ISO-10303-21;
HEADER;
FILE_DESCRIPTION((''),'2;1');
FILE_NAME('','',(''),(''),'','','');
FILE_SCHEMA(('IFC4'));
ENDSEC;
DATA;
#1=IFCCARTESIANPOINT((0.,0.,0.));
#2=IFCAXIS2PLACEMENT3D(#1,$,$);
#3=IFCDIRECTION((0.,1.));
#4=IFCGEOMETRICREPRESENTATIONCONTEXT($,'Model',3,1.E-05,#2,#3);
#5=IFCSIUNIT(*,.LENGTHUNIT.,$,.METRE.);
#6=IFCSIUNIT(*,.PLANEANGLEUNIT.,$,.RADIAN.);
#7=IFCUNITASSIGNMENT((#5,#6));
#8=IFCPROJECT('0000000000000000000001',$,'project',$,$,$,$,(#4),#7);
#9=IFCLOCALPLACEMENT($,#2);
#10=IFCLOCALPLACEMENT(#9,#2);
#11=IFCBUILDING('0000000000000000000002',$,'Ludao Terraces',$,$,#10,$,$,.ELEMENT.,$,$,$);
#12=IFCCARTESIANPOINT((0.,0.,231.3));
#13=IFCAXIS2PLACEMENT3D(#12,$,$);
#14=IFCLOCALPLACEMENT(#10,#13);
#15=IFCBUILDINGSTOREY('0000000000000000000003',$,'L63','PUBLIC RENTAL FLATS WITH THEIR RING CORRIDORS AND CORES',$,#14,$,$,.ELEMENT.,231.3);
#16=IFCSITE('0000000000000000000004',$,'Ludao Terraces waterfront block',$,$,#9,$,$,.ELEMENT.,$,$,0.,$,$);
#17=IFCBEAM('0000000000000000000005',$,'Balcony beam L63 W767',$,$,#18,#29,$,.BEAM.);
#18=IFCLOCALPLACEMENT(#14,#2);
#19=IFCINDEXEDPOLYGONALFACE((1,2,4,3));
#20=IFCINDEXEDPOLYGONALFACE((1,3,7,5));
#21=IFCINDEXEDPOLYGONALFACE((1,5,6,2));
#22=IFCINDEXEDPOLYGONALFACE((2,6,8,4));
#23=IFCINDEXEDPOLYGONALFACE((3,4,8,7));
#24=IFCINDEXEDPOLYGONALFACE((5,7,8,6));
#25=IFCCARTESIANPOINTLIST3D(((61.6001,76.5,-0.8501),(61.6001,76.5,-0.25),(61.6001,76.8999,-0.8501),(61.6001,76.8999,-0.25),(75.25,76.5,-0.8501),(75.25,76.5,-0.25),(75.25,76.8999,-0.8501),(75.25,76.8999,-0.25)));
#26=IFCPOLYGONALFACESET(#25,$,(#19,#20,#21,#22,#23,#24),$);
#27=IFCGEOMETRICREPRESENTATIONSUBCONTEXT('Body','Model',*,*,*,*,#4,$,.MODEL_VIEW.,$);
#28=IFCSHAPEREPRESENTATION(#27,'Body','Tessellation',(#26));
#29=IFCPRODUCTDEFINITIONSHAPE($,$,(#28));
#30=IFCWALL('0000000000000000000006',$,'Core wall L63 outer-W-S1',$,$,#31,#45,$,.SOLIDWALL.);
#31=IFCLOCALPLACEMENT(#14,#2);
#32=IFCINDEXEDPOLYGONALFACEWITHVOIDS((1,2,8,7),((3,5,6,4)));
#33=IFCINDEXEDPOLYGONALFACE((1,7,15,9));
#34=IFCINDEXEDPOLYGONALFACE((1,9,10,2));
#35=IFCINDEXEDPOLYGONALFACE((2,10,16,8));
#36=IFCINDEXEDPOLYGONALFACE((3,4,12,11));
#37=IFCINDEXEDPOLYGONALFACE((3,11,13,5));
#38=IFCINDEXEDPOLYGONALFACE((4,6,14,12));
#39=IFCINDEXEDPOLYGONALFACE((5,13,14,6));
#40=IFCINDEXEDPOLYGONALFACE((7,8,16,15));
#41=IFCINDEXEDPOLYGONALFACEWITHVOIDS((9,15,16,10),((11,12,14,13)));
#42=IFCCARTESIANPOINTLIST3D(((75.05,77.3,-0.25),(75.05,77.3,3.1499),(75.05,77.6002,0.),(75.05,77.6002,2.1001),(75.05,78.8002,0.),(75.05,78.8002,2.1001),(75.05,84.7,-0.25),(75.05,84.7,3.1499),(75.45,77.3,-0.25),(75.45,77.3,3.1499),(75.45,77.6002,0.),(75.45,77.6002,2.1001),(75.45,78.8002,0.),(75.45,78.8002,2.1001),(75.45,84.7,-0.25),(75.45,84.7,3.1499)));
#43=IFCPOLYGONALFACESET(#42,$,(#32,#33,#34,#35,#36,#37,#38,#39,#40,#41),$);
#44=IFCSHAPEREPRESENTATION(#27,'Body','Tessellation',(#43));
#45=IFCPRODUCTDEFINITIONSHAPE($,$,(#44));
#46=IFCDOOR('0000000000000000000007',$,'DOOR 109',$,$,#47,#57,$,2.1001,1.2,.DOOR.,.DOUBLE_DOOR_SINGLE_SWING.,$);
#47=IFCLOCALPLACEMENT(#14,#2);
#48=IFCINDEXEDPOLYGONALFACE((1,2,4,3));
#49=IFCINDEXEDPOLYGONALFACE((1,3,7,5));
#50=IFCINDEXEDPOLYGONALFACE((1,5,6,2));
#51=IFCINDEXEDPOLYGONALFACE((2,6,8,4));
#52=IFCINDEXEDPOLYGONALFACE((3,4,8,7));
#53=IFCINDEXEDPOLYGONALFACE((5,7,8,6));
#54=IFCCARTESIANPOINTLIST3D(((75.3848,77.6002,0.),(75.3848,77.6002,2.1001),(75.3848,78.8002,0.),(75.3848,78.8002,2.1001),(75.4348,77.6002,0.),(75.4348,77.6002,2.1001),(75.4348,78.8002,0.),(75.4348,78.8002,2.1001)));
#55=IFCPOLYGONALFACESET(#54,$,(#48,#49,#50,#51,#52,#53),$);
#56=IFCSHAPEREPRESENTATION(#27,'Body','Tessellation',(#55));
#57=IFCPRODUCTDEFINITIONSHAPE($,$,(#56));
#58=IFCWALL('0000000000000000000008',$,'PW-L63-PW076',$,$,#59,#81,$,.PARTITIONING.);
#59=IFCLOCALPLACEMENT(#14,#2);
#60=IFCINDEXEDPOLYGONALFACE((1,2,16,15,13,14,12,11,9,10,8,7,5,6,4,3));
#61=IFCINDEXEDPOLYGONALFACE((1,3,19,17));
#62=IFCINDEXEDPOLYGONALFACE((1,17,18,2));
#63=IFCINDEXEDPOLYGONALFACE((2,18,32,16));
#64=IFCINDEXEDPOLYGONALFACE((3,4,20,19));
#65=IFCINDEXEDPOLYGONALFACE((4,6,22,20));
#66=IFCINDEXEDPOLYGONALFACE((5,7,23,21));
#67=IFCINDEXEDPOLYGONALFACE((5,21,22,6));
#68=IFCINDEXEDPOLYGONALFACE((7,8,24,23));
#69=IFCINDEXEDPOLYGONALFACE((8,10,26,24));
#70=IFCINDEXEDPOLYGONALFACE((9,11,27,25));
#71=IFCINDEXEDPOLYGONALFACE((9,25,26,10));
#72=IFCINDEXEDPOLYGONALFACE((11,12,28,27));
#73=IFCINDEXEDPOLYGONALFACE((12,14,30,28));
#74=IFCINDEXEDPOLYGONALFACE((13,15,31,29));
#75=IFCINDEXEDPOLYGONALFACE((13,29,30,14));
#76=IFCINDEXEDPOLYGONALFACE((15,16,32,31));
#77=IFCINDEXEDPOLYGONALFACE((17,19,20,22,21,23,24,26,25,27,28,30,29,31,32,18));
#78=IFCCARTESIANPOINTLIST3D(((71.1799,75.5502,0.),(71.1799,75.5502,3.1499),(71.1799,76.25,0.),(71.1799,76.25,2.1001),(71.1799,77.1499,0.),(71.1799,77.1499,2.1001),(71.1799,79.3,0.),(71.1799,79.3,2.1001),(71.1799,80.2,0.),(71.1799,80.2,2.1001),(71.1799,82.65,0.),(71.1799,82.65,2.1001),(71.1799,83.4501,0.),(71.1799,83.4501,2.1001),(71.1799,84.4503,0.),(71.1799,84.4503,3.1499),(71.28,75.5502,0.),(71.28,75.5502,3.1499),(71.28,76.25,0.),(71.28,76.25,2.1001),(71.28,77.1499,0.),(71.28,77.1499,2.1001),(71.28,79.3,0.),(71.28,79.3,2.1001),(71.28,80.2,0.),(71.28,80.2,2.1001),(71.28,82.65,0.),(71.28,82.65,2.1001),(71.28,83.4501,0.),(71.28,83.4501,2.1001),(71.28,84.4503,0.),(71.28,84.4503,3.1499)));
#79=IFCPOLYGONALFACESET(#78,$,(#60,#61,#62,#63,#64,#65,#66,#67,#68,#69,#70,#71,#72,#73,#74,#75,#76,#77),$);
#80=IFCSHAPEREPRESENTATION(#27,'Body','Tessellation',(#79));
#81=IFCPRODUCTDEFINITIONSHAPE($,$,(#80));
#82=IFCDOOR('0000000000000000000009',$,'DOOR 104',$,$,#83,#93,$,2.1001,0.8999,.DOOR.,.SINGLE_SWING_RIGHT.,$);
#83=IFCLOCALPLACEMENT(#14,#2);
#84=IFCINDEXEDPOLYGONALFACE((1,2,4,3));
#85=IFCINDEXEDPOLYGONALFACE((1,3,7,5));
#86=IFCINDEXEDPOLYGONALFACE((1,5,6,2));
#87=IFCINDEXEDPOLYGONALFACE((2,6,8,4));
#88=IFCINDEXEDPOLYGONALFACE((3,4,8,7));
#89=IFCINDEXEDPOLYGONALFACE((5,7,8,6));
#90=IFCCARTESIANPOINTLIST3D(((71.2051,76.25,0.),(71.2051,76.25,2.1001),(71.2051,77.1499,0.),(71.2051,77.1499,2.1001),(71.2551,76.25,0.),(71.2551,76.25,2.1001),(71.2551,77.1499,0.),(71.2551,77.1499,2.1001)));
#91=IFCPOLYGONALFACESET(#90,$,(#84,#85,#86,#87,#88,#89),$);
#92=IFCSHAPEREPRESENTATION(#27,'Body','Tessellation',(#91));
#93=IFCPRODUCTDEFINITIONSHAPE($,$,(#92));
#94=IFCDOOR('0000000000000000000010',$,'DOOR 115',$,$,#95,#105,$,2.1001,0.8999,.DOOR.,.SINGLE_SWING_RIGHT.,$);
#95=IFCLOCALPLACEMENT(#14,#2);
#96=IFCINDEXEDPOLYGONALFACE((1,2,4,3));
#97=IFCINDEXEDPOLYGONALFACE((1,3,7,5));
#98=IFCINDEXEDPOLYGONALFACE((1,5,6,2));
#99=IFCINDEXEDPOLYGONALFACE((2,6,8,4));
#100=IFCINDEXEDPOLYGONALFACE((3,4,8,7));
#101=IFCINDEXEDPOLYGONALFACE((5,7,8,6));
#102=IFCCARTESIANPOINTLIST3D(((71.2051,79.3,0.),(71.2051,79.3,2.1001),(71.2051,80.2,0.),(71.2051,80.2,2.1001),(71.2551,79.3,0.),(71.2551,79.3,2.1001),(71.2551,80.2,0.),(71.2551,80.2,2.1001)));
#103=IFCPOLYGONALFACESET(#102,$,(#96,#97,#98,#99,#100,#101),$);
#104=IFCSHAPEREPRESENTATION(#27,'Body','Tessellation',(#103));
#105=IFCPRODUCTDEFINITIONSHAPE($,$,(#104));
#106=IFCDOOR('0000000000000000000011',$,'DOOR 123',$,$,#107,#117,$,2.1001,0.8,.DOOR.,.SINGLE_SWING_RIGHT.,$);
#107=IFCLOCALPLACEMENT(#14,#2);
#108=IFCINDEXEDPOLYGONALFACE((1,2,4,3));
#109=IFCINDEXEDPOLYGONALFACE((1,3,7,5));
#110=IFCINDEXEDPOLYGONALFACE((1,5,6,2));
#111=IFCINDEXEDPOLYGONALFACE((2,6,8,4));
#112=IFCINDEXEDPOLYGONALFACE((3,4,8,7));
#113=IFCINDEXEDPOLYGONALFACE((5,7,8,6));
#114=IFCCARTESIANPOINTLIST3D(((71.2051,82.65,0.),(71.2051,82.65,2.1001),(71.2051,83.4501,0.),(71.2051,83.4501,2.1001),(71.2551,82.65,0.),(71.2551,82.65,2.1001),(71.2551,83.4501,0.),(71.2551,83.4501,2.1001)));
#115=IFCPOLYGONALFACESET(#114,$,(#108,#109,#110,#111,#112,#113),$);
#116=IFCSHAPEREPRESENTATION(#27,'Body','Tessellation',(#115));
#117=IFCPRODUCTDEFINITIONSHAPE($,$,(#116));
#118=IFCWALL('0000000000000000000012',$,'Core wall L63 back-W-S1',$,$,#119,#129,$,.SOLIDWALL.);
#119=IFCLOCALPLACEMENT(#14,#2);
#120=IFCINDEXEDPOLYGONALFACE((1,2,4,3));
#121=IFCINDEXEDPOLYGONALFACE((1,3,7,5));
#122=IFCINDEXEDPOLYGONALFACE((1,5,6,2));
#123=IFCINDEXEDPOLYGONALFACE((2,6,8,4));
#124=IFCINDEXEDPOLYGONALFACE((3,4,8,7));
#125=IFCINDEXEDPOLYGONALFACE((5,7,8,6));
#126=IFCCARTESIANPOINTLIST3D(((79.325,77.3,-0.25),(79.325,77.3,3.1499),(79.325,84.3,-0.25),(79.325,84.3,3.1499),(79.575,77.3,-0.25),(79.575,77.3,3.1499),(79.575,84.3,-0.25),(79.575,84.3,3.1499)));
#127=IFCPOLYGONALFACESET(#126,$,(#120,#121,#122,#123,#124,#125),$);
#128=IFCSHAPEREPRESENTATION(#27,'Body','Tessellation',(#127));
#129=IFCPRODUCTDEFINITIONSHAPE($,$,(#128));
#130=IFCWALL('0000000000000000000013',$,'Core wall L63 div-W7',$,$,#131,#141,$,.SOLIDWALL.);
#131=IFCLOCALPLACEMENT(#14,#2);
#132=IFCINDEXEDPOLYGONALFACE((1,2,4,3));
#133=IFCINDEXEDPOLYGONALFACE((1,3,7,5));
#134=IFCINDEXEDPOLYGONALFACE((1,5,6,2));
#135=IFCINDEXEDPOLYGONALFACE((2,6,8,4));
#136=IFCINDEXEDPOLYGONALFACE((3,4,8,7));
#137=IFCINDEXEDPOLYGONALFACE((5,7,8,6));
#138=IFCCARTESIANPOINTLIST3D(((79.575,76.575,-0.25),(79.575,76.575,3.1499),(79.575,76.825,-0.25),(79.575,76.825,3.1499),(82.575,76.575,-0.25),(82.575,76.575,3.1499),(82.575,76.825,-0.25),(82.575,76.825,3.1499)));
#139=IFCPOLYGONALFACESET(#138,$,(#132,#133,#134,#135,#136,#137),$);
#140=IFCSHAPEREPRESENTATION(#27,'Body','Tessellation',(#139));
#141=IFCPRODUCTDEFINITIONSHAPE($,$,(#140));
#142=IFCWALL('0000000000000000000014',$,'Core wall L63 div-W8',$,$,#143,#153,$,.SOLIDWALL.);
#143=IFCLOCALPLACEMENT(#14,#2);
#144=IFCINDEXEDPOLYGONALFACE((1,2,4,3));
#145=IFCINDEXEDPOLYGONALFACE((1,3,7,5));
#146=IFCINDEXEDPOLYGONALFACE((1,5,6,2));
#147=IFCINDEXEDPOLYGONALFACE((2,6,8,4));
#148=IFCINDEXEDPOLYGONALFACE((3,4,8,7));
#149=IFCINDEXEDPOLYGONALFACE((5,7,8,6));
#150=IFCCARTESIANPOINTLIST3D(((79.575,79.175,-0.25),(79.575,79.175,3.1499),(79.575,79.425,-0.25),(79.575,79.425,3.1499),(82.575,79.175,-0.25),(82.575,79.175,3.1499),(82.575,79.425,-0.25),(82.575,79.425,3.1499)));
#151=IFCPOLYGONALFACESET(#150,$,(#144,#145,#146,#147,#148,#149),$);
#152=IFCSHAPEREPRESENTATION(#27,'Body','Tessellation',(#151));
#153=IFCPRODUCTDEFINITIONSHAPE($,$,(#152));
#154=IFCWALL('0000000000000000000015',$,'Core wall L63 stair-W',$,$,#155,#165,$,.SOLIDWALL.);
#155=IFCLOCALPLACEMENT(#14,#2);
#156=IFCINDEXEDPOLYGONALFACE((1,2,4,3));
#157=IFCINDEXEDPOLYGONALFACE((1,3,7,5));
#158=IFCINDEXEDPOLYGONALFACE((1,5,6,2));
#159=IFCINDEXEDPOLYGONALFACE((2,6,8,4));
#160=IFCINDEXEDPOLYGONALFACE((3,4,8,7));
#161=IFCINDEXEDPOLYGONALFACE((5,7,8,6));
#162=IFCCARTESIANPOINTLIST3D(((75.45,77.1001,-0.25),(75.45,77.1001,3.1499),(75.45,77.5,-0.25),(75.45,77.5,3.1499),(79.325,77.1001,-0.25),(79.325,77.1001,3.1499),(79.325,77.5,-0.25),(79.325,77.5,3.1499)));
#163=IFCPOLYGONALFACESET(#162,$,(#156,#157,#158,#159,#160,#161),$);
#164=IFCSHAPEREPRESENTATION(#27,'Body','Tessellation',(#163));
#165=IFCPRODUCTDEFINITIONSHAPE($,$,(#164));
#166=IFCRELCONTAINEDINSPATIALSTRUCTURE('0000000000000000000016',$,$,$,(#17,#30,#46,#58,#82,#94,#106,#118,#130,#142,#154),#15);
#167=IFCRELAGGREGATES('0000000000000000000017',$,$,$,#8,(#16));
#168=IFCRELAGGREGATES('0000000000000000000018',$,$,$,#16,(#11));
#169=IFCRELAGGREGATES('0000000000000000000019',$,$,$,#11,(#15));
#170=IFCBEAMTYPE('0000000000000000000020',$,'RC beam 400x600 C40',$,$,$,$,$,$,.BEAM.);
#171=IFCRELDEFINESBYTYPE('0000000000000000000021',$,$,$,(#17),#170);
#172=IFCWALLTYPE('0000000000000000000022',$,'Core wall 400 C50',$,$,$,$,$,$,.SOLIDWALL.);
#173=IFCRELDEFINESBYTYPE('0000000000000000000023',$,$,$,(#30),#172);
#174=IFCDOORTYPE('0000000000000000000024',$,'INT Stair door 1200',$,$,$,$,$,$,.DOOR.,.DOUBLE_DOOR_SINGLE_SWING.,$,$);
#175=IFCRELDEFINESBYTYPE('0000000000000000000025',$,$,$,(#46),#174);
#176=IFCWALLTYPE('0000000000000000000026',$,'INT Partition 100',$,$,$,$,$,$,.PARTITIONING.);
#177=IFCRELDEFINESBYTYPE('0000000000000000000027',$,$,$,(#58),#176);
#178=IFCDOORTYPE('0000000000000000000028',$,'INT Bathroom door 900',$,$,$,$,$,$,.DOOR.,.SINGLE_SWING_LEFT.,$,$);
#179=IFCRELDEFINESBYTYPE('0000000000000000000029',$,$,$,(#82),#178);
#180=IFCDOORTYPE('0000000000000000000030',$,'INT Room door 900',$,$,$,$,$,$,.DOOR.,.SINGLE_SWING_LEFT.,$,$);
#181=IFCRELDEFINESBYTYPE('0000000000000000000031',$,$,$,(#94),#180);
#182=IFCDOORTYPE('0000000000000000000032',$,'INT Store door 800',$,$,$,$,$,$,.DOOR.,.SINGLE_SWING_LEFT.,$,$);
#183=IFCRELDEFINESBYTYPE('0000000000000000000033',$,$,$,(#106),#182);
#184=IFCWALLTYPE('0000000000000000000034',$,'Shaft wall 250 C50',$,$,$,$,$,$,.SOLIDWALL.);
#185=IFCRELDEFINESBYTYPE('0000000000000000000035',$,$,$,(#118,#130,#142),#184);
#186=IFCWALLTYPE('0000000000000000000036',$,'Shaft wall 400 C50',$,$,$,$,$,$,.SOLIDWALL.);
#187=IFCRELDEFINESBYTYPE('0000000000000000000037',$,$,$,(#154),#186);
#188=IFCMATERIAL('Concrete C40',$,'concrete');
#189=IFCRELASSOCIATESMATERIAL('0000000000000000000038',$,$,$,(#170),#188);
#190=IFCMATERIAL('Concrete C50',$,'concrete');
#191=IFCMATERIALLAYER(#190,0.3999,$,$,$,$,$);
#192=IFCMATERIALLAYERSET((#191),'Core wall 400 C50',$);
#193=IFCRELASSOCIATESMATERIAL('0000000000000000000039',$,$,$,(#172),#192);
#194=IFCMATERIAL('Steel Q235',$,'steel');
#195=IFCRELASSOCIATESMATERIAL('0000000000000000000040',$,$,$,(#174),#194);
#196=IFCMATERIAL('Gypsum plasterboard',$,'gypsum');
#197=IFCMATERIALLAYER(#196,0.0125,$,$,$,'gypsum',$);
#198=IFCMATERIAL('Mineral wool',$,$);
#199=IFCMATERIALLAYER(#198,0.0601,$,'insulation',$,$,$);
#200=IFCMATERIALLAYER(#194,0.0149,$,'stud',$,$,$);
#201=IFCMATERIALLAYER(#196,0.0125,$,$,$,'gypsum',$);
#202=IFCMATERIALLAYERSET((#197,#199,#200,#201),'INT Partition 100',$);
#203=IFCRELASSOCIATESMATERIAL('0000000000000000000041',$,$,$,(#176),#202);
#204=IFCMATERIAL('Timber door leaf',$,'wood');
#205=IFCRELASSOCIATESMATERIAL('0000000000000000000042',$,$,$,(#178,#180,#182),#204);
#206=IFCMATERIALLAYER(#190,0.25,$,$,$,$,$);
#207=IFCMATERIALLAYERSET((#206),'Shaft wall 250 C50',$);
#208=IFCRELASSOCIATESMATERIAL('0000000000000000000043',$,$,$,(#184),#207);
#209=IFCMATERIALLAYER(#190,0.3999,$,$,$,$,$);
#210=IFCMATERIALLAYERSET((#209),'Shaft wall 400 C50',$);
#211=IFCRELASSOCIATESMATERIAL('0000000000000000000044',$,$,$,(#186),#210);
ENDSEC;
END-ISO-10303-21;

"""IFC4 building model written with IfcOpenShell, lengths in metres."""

from ifc_helpers import new_model, si_unit, direction, frame, frame_2d, origin, origin_2d, place, context, subcontext, project, spatial, rectangle, extrude, material, layer, layer_set, material_profile, profile_set, type_object, element, fill, save


model = new_model("IFC4")

# Units and contexts
model_context = context("Model", 3, precision=1e-05, world=origin(), true_north=direction((0.0, 1.0)))
body_context = subcontext(model_context, "Body", "Model", "MODEL_VIEW")
ifc_project = project(units=[si_unit("LENGTHUNIT", "METRE"), si_unit("PLANEANGLEUNIT", "RADIAN")], contexts=[model_context])

# Site, building, storey
site_placement = place(None, origin())
site = spatial("IfcSite", under=ifc_project, at=site_placement, Name="Ludao Terraces waterfront block", CompositionType="ELEMENT", RefElevation=0.0)
building_placement = place(site_placement, origin())
building = spatial("IfcBuilding", under=site, at=building_placement, Name="Ludao Terraces", CompositionType="ELEMENT")
storey_placement = place(building_placement, frame((0.0, 0.0, 231.3)))
storey = spatial("IfcBuildingStorey", under=building, at=storey_placement, Name="L63", Description="PUBLIC RENTAL FLATS WITH THEIR RING CORRIDORS AND CORES", CompositionType="ELEMENT", Elevation=231.3)

# Beam
ifc_material_1 = material(Name="Concrete C40", Category="concrete")
ifc_material_profile = material_profile(ifc_material_1, rectangle(XDim=0.3999, YDim=0.6001, at=origin_2d()), Name="400 X 600")
ifc_profile_set = profile_set([ifc_material_profile], Name="Concrete C40")
beam_type = type_object("IfcBeamType", Name="RC beam 400x600 C40", PredefinedType="BEAM", material=ifc_profile_set)
beam_placement = place(storey_placement, frame((75.25, 76.7, -0.55), z_axis=(-1.0, 0.0, 0.0), x_axis=(0.0, -1.0, 0.0)))
element("IfcBeam", 1, at=beam_placement, inside=storey, type_object=beam_type, Name="Balcony beam L63 W767", PredefinedType="BEAM", context=body_context, shape_type="SweptSolid", body=[
    extrude(rectangle(XDim=0.3999, YDim=0.6001, at=origin_2d()), origin(), (0.0, 0.0, 1.0), 13.6499),
])

# Wall, opening, door
ifc_material_2 = material(Name="Concrete C50", Category="concrete")
ifc_layer_1 = layer(ifc_material_2, 0.3999)
ifc_layer_set_1 = layer_set([ifc_layer_1], Name="Core wall 400 C50")
wall_type_1 = type_object("IfcWallType", Name="Core wall 400 C50", PredefinedType="SOLIDWALL", material=ifc_layer_set_1)
wall_1_placement = place(storey_placement, frame((75.25, 77.3, -0.25), z_axis=(0.0, 0.0, 1.0), x_axis=(0.0, 1.0, 0.0)))
wall_1 = element("IfcWall", 2, at=wall_1_placement, inside=storey, type_object=wall_type_1, Name="Core wall L63 outer-W-S1", PredefinedType="SOLIDWALL", context=body_context, shape_type="SweptSolid", body=[
    extrude(rectangle(XDim=7.3999, YDim=0.3999, at=frame_2d((3.7, 0.0))), origin(), (0.0, 0.0, 1.0), 3.3999),
])
opening_1_placement = place(wall_1_placement, frame((0.3, 0.0, 0.25)))
opening_1 = element("IfcOpeningElement", 3, at=opening_1_placement, cuts=wall_1, PredefinedType="OPENING", context=body_context, shape_type="SweptSolid", body=[
    extrude(rectangle(XDim=1.2, YDim=2.1001, at=frame_2d((0.6001, 1.05))), frame((0.0, 0.21, 0.0), z_axis=(0.0, -1.0, 0.0), x_axis=(1.0, 0.0, 0.0)), (0.0, 0.0, 1.0), 0.4199),
])
ifc_material_3 = material(Name="Steel Q235", Category="steel")
door_type_1 = type_object("IfcDoorType", Name="INT Stair door 1200", OperationType="DOUBLE_DOOR_SINGLE_SWING", PredefinedType="DOOR", material=ifc_material_3)
door_1_placement = place(opening_1_placement, origin())
door_1 = element("IfcDoor", 4, at=door_1_placement, inside=storey, type_object=door_type_1, Name="DOOR 109", OperationType="DOUBLE_DOOR_SINGLE_SWING", OverallHeight=2.1001, OverallWidth=1.2, PredefinedType="DOOR", context=body_context, shape_type="SweptSolid", body=[
    extrude(rectangle(XDim=1.2, YDim=2.1001, at=frame_2d((0.6001, 1.05))), frame((0.0, -0.1348, 0.0), z_axis=(0.0, -1.0, 0.0), x_axis=(1.0, 0.0, 0.0)), (0.0, 0.0, 1.0), 0.05),
])
fill(opening_1, door_1)

# Wall, openings, doors
ifc_material_4 = material(Name="Gypsum plasterboard", Category="gypsum")
ifc_layer_2 = layer(ifc_material_4, 0.0125, Category="gypsum")
ifc_material_5 = material(Name="Mineral wool")
ifc_layer_3 = layer(ifc_material_5, 0.0601, Name="insulation")
ifc_layer_4 = layer(ifc_material_3, 0.0149, Name="stud")
ifc_layer_5 = layer(ifc_material_4, 0.0125, Category="gypsum")
ifc_layer_set_2 = layer_set([ifc_layer_2, ifc_layer_3, ifc_layer_4, ifc_layer_5], Name="INT Partition 100")
wall_type_2 = type_object("IfcWallType", Name="INT Partition 100", PredefinedType="PARTITIONING", material=ifc_layer_set_2)
wall_2_placement = place(storey_placement, frame((71.23, 75.55, 0.0), z_axis=(0.0, 0.0, 1.0), x_axis=(0.0, 1.0, 0.0)))
wall_2 = element("IfcWall", 5, at=wall_2_placement, inside=storey, type_object=wall_type_2, Name="PW-L63-PW076", PredefinedType="PARTITIONING", context=body_context, shape_type="SweptSolid", body=[
    extrude(rectangle(XDim=8.9001, YDim=0.1001, at=frame_2d((4.4502, 0.0))), origin(), (0.0, 0.0, 1.0), 3.1499),
])
opening_2_placement = place(wall_2_placement, frame((0.7, 0.0, 0.0)))
opening_2 = element("IfcOpeningElement", 6, at=opening_2_placement, cuts=wall_2, PredefinedType="OPENING", context=body_context, shape_type="SweptSolid", body=[
    extrude(rectangle(XDim=0.8999, YDim=2.1001, at=frame_2d((0.45, 1.05))), frame((0.0, 0.0601, 0.0), z_axis=(0.0, -1.0, 0.0), x_axis=(1.0, 0.0, 0.0)), (0.0, 0.0, 1.0), 0.1201),
])
opening_3_placement = place(wall_2_placement, frame((3.75, 0.0, 0.0)))
opening_3 = element("IfcOpeningElement", 7, at=opening_3_placement, cuts=wall_2, PredefinedType="OPENING", context=body_context, shape_type="SweptSolid", body=[
    extrude(rectangle(XDim=0.8999, YDim=2.1001, at=frame_2d((0.45, 1.05))), frame((0.0, 0.0601, 0.0), z_axis=(0.0, -1.0, 0.0), x_axis=(1.0, 0.0, 0.0)), (0.0, 0.0, 1.0), 0.1201),
])
opening_4_placement = place(wall_2_placement, frame((7.1001, 0.0, 0.0)))
opening_4 = element("IfcOpeningElement", 8, at=opening_4_placement, cuts=wall_2, PredefinedType="OPENING", context=body_context, shape_type="SweptSolid", body=[
    extrude(rectangle(XDim=0.8, YDim=2.1001, at=frame_2d((0.3999, 1.05))), frame((0.0, 0.0601, 0.0), z_axis=(0.0, -1.0, 0.0), x_axis=(1.0, 0.0, 0.0)), (0.0, 0.0, 1.0), 0.1201),
])
ifc_material_6 = material(Name="Timber door leaf", Category="wood")
door_type_2 = type_object("IfcDoorType", Name="INT Bathroom door 900", OperationType="SINGLE_SWING_LEFT", PredefinedType="DOOR", material=ifc_material_6)
door_2_placement = place(opening_2_placement, origin())
door_2 = element("IfcDoor", 9, at=door_2_placement, inside=storey, type_object=door_type_2, Name="DOOR 104", OperationType="SINGLE_SWING_RIGHT", OverallHeight=2.1001, OverallWidth=0.8999, PredefinedType="DOOR", context=body_context, shape_type="SweptSolid", body=[
    extrude(rectangle(XDim=0.8999, YDim=2.1001, at=frame_2d((0.45, 1.05))), frame((0.0, 0.0249, 0.0), z_axis=(0.0, -1.0, 0.0), x_axis=(1.0, 0.0, 0.0)), (0.0, 0.0, 1.0), 0.05),
])
fill(opening_2, door_2)
door_type_3 = type_object("IfcDoorType", Name="INT Room door 900", OperationType="SINGLE_SWING_LEFT", PredefinedType="DOOR", material=ifc_material_6)
door_3_placement = place(opening_3_placement, origin())
door_3 = element("IfcDoor", 10, at=door_3_placement, inside=storey, type_object=door_type_3, Name="DOOR 115", OperationType="SINGLE_SWING_RIGHT", OverallHeight=2.1001, OverallWidth=0.8999, PredefinedType="DOOR", context=body_context, shape_type="SweptSolid", body=[
    extrude(rectangle(XDim=0.8999, YDim=2.1001, at=frame_2d((0.45, 1.05))), frame((0.0, 0.0249, 0.0), z_axis=(0.0, -1.0, 0.0), x_axis=(1.0, 0.0, 0.0)), (0.0, 0.0, 1.0), 0.05),
])
fill(opening_3, door_3)
door_type_4 = type_object("IfcDoorType", Name="INT Store door 800", OperationType="SINGLE_SWING_LEFT", PredefinedType="DOOR", material=ifc_material_6)
door_4_placement = place(opening_4_placement, origin())
door_4 = element("IfcDoor", 11, at=door_4_placement, inside=storey, type_object=door_type_4, Name="DOOR 123", OperationType="SINGLE_SWING_RIGHT", OverallHeight=2.1001, OverallWidth=0.8, PredefinedType="DOOR", context=body_context, shape_type="SweptSolid", body=[
    extrude(rectangle(XDim=0.8, YDim=2.1001, at=frame_2d((0.3999, 1.05))), frame((0.0, 0.0249, 0.0), z_axis=(0.0, -1.0, 0.0), x_axis=(1.0, 0.0, 0.0)), (0.0, 0.0, 1.0), 0.05),
])
fill(opening_4, door_4)

# Walls
ifc_layer_6 = layer(ifc_material_2, 0.25)
ifc_layer_set_3 = layer_set([ifc_layer_6], Name="Shaft wall 250 C50")
wall_type_3 = type_object("IfcWallType", Name="Shaft wall 250 C50", PredefinedType="SOLIDWALL", material=ifc_layer_set_3)
wall_3_placement = place(storey_placement, frame((79.45, 77.3, -0.25), z_axis=(0.0, 0.0, 1.0), x_axis=(0.0, 1.0, 0.0)))
element("IfcWall", 12, at=wall_3_placement, inside=storey, type_object=wall_type_3, Name="Core wall L63 back-W-S1", PredefinedType="SOLIDWALL", context=body_context, shape_type="SweptSolid", body=[
    extrude(rectangle(XDim=7.0, YDim=0.25, at=frame_2d((3.5, 0.0))), origin(), (0.0, 0.0, 1.0), 3.3999),
])
for number, where, z_axis, x_axis, name in (
    (13, (79.575, 76.7, -0.25), (0.0, 0.0, 1.0), (1.0, 0.0, 0.0), "Core wall L63 div-W7"),
    (14, (79.575, 79.3, -0.25), (0.0, 0.0, 1.0), (1.0, 0.0, 0.0), "Core wall L63 div-W8"),
):
    element("IfcWall", number, at=place(storey_placement, frame(where, z_axis=z_axis, x_axis=x_axis)), inside=storey, type_object=wall_type_3, Name=name, PredefinedType="SOLIDWALL", context=body_context, shape_type="SweptSolid", body=[
        extrude(rectangle(XDim=3.0, YDim=0.25, at=frame_2d((1.5, 0.0))), origin(), (0.0, 0.0, 1.0), 3.3999),
    ])
ifc_layer_7 = layer(ifc_material_2, 0.3999)
ifc_layer_set_4 = layer_set([ifc_layer_7], Name="Shaft wall 400 C50")
wall_type_4 = type_object("IfcWallType", Name="Shaft wall 400 C50", PredefinedType="SOLIDWALL", material=ifc_layer_set_4)
wall_4_placement = place(storey_placement, frame((75.45, 77.3, -0.25), z_axis=(0.0, 0.0, 1.0), x_axis=(1.0, 0.0, 0.0)))
element("IfcWall", 15, at=wall_4_placement, inside=storey, type_object=wall_type_4, Name="Core wall L63 stair-W", PredefinedType="SOLIDWALL", context=body_context, shape_type="SweptSolid", body=[
    extrude(rectangle(XDim=3.875, YDim=0.3999, at=frame_2d((1.9375, 0.0))), origin(), (0.0, 0.0, 1.0), 3.3999),
])

save(model, "model.ifc")
